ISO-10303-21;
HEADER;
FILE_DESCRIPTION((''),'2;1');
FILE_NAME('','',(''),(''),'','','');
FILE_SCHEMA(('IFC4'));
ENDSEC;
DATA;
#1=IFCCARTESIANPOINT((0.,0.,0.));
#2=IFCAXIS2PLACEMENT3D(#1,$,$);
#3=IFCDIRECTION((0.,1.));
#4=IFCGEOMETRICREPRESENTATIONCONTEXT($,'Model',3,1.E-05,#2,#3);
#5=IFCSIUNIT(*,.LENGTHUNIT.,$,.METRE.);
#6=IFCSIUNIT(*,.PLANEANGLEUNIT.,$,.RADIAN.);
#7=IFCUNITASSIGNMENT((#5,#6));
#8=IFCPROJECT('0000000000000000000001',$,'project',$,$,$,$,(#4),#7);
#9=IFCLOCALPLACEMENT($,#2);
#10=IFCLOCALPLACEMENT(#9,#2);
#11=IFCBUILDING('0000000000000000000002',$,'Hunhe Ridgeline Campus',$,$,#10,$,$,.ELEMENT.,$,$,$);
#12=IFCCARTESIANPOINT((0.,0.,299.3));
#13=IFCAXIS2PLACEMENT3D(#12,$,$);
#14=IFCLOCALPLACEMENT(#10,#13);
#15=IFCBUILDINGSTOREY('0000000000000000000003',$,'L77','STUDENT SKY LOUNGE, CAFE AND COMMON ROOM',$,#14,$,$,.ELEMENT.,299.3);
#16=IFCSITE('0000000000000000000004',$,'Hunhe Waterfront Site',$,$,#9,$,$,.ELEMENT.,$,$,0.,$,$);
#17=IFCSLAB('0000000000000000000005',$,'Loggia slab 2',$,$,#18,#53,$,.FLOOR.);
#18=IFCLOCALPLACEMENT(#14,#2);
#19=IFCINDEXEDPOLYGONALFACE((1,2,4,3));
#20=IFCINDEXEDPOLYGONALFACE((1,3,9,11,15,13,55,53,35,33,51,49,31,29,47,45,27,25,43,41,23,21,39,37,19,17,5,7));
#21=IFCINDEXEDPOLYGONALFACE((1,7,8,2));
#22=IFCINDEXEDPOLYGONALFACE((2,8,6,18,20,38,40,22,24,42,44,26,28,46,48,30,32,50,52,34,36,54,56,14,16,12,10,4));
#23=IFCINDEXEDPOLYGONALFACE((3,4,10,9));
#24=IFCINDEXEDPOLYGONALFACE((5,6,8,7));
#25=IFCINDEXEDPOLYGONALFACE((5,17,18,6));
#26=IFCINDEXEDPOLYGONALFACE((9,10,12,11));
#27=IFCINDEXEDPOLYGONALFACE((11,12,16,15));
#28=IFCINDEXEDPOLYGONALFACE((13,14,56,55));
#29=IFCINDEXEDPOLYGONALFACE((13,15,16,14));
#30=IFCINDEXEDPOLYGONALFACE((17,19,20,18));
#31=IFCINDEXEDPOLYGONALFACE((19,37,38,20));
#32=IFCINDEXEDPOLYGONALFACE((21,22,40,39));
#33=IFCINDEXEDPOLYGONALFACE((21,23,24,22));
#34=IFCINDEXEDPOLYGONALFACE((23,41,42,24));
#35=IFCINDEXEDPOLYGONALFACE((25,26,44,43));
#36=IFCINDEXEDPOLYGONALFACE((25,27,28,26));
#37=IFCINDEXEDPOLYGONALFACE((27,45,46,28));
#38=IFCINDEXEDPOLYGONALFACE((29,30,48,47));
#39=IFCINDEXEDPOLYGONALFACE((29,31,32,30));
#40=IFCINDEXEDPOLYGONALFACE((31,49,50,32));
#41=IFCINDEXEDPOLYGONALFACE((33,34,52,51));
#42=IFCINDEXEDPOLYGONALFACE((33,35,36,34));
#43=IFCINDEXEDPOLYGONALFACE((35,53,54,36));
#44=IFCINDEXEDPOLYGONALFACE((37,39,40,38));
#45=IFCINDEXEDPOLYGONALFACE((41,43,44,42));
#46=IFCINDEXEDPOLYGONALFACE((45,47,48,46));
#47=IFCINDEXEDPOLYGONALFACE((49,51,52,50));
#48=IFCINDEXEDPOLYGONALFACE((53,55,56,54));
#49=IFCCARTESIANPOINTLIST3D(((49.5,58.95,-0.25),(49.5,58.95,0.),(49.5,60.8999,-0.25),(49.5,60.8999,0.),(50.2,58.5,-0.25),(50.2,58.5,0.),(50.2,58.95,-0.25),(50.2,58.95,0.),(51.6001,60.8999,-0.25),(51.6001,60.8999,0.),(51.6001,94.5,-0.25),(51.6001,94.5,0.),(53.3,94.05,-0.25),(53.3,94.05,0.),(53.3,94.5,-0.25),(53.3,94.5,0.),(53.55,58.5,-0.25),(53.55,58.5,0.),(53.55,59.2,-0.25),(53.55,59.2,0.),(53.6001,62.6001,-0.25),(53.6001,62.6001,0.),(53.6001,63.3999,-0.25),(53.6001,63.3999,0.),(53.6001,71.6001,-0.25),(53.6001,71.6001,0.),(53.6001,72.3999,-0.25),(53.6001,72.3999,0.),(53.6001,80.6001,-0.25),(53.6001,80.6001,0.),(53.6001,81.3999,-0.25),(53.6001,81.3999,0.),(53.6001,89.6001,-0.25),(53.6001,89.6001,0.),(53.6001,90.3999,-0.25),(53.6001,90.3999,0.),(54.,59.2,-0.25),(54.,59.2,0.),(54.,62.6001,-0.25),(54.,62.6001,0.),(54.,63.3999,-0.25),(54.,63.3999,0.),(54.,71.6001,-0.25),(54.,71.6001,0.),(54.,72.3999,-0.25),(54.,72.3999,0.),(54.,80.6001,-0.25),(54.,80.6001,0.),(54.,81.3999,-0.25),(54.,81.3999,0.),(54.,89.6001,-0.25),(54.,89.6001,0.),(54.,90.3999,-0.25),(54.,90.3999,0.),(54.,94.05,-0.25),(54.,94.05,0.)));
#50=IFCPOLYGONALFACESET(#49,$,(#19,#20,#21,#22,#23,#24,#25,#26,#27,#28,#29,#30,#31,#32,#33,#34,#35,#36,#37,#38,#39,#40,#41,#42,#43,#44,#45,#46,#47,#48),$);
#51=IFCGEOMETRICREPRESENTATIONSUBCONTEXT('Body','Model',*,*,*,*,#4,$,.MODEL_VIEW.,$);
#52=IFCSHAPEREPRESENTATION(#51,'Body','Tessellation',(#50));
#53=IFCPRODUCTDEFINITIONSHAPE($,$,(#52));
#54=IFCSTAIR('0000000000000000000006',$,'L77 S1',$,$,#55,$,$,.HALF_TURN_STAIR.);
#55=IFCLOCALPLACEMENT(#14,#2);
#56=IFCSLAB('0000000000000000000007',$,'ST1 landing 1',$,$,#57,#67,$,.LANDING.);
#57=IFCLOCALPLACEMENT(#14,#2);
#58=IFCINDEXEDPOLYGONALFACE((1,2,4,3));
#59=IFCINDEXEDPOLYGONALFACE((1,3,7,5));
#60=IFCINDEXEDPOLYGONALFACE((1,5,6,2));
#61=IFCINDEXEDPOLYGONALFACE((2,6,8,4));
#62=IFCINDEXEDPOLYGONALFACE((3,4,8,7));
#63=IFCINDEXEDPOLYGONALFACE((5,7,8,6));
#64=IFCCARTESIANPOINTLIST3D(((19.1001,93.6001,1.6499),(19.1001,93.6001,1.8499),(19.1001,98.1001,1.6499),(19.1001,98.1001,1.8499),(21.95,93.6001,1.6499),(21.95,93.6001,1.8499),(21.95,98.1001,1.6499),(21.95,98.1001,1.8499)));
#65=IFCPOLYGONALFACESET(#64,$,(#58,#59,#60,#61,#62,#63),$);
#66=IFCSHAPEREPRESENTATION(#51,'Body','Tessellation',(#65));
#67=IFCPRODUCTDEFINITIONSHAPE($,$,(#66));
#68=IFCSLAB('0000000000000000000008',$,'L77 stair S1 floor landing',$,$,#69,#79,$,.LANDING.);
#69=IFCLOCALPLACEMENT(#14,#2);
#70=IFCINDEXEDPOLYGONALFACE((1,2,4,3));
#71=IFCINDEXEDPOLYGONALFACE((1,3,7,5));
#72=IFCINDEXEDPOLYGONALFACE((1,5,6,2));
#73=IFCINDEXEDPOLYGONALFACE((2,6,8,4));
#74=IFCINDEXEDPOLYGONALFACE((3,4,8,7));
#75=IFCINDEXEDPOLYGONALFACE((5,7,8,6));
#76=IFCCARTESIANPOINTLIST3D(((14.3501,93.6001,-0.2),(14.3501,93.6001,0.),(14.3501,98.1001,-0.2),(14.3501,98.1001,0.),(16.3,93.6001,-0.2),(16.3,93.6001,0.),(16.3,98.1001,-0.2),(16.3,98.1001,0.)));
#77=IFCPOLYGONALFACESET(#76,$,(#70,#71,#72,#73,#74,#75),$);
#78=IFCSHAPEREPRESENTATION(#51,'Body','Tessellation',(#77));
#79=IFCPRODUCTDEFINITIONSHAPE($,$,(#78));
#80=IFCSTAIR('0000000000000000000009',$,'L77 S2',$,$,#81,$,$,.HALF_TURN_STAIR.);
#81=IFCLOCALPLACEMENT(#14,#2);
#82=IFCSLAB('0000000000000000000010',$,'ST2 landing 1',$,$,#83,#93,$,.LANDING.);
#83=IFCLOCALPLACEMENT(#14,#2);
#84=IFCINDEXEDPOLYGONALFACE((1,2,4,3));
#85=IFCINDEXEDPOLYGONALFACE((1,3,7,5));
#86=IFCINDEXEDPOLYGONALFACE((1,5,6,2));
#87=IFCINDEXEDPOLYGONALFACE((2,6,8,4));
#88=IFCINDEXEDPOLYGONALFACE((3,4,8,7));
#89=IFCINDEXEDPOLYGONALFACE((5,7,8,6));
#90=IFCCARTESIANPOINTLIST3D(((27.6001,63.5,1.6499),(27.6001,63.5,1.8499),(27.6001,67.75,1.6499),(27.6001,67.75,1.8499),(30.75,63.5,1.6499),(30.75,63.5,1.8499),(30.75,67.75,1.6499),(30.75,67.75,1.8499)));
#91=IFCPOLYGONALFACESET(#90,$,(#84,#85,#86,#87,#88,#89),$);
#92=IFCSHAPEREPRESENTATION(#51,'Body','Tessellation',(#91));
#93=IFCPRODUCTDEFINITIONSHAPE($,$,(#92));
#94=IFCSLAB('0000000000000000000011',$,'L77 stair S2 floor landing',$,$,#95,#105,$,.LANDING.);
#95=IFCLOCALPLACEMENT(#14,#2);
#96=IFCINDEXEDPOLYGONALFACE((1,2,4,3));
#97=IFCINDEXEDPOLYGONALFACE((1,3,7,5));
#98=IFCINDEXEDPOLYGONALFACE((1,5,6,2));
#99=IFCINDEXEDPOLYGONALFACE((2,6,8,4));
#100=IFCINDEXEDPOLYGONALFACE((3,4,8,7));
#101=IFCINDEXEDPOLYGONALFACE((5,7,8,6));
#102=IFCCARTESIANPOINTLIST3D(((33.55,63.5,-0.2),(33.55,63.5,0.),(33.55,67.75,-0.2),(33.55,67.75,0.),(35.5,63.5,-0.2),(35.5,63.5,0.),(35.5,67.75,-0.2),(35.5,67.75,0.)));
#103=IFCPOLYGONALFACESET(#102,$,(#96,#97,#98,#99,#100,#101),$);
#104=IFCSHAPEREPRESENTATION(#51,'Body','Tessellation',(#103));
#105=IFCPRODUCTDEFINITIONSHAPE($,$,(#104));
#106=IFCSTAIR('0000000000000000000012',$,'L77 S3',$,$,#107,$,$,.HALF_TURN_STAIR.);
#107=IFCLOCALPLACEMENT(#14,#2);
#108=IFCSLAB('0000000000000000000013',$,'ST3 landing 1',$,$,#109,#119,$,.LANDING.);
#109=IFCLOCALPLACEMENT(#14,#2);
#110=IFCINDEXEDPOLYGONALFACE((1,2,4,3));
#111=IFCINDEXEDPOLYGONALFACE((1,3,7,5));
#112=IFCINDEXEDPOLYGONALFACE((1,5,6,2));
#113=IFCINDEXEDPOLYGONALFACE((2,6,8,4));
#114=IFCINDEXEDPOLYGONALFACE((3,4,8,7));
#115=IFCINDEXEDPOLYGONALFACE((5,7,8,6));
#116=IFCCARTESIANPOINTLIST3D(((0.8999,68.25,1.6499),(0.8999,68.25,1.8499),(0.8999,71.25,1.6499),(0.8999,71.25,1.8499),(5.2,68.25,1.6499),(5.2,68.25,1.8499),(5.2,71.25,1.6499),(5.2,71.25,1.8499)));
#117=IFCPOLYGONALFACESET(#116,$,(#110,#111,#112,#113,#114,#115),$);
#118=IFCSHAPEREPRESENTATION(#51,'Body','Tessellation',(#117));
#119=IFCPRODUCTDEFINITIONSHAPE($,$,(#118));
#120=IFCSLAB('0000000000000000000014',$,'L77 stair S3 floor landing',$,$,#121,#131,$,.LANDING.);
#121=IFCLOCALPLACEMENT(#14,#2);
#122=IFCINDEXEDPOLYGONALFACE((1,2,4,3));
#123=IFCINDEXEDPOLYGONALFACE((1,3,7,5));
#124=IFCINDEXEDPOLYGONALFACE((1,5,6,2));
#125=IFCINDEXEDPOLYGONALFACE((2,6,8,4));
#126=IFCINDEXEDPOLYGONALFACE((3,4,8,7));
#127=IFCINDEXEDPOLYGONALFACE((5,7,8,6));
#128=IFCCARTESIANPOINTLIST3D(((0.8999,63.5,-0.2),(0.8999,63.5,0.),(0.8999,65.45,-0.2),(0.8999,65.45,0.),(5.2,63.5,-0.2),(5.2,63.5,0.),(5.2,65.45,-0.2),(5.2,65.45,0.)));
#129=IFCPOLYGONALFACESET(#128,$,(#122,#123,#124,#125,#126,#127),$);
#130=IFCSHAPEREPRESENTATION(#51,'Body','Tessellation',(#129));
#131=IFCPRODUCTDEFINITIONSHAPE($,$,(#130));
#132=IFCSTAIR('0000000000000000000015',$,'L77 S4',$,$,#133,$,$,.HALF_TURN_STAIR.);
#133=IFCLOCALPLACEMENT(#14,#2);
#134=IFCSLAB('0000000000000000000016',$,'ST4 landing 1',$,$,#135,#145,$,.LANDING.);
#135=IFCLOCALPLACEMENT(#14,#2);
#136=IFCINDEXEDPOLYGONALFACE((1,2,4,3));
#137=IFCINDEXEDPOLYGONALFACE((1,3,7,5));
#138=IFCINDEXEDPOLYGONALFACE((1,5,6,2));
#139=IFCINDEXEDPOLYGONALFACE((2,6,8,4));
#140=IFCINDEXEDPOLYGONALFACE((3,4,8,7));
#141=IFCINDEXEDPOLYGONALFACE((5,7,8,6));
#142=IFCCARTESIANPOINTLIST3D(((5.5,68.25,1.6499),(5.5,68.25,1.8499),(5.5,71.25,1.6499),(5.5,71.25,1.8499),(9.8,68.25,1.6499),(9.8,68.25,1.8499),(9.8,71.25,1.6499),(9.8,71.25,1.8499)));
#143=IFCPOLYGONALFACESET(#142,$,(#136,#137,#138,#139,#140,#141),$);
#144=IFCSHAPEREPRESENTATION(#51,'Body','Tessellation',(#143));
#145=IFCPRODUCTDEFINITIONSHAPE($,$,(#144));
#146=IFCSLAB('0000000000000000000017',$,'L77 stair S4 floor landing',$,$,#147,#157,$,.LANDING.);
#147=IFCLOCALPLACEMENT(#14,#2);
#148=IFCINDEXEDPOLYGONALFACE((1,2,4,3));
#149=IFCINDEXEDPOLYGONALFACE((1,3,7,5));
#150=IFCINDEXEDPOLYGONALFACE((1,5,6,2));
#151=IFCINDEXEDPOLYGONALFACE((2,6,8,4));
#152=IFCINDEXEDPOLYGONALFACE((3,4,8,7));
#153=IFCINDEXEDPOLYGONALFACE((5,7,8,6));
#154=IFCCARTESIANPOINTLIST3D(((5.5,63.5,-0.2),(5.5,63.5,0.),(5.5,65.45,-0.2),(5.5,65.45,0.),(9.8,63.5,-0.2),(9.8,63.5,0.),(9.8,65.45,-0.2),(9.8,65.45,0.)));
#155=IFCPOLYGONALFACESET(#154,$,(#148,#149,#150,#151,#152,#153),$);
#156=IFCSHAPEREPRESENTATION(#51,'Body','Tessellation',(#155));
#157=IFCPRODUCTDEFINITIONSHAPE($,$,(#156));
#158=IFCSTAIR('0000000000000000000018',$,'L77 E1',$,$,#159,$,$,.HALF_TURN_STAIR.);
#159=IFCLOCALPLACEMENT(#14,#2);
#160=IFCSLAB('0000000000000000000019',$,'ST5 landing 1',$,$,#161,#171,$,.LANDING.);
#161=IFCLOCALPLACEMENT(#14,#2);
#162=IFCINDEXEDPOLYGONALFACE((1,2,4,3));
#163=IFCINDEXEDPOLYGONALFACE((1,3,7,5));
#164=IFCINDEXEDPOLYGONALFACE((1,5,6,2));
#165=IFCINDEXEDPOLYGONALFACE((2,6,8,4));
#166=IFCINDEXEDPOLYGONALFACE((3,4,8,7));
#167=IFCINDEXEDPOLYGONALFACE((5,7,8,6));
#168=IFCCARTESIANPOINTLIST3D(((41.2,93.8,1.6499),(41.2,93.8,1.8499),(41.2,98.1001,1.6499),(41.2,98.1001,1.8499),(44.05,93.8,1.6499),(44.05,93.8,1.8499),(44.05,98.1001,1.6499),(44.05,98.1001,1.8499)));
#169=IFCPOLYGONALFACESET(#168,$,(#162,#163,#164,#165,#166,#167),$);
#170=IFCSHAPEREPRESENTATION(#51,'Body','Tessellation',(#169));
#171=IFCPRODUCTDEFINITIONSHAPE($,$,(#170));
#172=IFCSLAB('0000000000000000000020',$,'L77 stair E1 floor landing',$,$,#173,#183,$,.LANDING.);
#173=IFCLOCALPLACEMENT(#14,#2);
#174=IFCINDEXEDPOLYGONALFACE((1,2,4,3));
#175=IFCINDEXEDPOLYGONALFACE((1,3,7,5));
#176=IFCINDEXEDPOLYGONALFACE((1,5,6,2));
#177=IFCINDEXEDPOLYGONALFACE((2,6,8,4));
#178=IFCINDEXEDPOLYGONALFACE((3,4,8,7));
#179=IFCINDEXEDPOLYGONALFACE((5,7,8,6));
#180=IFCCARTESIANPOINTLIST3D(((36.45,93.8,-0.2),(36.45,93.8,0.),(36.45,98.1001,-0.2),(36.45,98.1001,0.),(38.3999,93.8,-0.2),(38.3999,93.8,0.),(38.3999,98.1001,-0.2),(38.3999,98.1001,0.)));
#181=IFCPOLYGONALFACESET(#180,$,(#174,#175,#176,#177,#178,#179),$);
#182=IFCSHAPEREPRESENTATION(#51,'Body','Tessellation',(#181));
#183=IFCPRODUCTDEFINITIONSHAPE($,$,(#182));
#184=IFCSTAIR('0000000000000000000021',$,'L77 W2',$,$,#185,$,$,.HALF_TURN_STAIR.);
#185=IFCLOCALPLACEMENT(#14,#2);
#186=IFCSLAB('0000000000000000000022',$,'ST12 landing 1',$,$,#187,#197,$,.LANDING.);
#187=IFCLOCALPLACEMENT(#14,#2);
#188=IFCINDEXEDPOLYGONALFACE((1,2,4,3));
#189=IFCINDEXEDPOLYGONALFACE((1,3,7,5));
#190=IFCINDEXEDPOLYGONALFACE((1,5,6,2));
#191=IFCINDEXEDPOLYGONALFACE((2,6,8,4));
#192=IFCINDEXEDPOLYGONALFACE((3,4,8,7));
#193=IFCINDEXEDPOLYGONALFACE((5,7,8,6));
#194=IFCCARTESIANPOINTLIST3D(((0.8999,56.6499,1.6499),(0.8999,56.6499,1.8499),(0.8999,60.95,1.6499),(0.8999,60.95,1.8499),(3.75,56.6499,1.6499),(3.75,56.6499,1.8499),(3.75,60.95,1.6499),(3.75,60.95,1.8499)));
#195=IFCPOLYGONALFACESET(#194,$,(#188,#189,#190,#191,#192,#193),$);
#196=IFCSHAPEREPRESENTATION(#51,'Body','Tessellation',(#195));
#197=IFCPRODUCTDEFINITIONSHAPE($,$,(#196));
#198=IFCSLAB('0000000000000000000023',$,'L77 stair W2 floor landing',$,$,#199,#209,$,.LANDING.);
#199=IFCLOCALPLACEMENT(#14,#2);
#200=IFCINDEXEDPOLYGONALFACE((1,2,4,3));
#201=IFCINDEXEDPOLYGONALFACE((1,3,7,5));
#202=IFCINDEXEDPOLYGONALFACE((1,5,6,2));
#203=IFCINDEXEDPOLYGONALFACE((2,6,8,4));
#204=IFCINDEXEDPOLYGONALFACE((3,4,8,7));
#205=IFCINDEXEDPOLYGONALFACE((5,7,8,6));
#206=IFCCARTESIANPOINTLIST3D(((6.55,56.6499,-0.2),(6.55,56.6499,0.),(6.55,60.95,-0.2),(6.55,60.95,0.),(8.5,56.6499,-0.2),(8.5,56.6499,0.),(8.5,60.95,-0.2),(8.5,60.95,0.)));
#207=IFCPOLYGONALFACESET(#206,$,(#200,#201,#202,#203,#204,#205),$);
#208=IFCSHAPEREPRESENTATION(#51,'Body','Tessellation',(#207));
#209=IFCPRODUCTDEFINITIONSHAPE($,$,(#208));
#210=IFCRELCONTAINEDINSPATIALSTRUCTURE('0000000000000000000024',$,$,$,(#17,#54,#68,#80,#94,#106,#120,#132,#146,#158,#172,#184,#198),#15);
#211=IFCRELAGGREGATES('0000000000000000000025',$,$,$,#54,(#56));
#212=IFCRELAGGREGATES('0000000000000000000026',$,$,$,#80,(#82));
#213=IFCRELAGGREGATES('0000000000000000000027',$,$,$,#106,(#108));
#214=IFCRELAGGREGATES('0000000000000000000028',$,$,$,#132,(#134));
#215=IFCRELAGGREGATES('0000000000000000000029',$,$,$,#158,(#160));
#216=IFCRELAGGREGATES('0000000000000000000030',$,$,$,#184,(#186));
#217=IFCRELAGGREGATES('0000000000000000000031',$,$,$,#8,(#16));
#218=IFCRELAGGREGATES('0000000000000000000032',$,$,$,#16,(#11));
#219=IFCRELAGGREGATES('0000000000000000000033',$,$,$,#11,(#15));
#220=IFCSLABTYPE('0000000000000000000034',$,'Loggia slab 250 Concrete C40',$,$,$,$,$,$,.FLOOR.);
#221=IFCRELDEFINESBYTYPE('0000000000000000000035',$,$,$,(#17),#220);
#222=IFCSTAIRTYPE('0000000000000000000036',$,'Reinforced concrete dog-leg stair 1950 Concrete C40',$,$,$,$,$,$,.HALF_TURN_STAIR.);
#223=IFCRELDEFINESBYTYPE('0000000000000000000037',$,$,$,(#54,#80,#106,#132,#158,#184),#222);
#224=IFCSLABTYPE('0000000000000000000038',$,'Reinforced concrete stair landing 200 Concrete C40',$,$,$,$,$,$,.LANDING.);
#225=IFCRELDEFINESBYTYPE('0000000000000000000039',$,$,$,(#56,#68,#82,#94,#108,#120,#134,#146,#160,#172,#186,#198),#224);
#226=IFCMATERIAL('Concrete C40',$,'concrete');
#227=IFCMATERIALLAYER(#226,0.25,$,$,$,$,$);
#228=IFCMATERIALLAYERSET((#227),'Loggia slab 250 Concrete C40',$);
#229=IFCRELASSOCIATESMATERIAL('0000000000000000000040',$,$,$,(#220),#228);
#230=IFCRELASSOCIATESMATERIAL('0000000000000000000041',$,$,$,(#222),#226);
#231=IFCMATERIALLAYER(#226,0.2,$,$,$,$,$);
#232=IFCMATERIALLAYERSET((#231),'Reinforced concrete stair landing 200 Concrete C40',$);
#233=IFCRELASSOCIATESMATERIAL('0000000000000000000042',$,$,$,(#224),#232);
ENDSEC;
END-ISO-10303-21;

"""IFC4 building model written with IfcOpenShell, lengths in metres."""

from ifc_helpers import new_model, si_unit, direction, frame, origin, place, context, subcontext, project, spatial, polyline, outline, extrude, material, layer, layer_set, type_object, element, aggregate, save


model = new_model("IFC4")

# Units and contexts
model_context = context("Model", 3, precision=1e-05, world=origin(), true_north=direction((0.0, 1.0)))
body_context = subcontext(model_context, "Body", "Model", "MODEL_VIEW")
ifc_project = project(units=[si_unit("LENGTHUNIT", "METRE"), si_unit("PLANEANGLEUNIT", "RADIAN")], contexts=[model_context])

# Site, building, storey
site_placement = place(None, origin())
site = spatial("IfcSite", under=ifc_project, at=site_placement, Name="Hunhe Waterfront Site", CompositionType="ELEMENT", RefElevation=0.0)
building_placement = place(site_placement, origin())
building = spatial("IfcBuilding", under=site, at=building_placement, Name="Hunhe Ridgeline Campus", CompositionType="ELEMENT")
storey_placement = place(building_placement, frame((0.0, 0.0, 299.3)))
storey = spatial("IfcBuildingStorey", under=building, at=storey_placement, Name="L77", Description="STUDENT SKY LOUNGE, CAFE AND COMMON ROOM", CompositionType="ELEMENT", Elevation=299.3)

# Slab
ifc_material_1 = material(Name="Concrete C40", Category="concrete")
ifc_layer_1 = layer(ifc_material_1, 0.25)
ifc_layer_set_1 = layer_set([ifc_layer_1], Name="Loggia slab 250 Concrete C40")
slab_type_1 = type_object("IfcSlabType", Name="Loggia slab 250 Concrete C40", PredefinedType="FLOOR", material=ifc_layer_set_1)
slab_1_placement = place(storey_placement, frame((0.0, 0.0, -0.25)))
element("IfcSlab", 1, at=slab_1_placement, inside=storey, type_object=slab_type_1, Name="Loggia slab 2", PredefinedType="FLOOR", context=body_context, shape_type="SweptSolid", body=[
    extrude(outline(polyline([(49.5, 58.95), (50.2, 58.95), (50.2, 58.5), (53.55, 58.5), (53.55, 59.2), (54.0, 59.2), (54.0, 62.6001), (53.6001, 62.6001), (53.6001, 63.3999), (54.0, 63.3999), (54.0, 71.6001), (53.6001, 71.6001), (53.6001, 72.3999), (54.0, 72.3999), (54.0, 80.6001), (53.6001, 80.6001), (53.6001, 81.3999), (54.0, 81.3999), (54.0, 89.6001), (53.6001, 89.6001), (53.6001, 90.3999), (54.0, 90.3999), (54.0, 94.05), (53.3, 94.05), (53.3, 94.5), (51.6001, 94.5), (51.6001, 60.8999), (49.5, 60.8999), (49.5, 58.95)])), origin(), (0.0, 0.0, 1.0), 0.25),
])

# Stair, slab
stair_type = type_object("IfcStairType", Name="Reinforced concrete dog-leg stair 1950 Concrete C40", PredefinedType="HALF_TURN_STAIR", material=ifc_material_1)
stair_1_placement = place(storey_placement, origin())
stair_1 = element("IfcStair", 2, at=stair_1_placement, inside=storey, type_object=stair_type, Name="L77 S1", PredefinedType="HALF_TURN_STAIR")
ifc_layer_2 = layer(ifc_material_1, 0.2)
ifc_layer_set_2 = layer_set([ifc_layer_2], Name="Reinforced concrete stair landing 200 Concrete C40")
slab_type_2 = type_object("IfcSlabType", Name="Reinforced concrete stair landing 200 Concrete C40", PredefinedType="LANDING", material=ifc_layer_set_2)
slab_2_placement = place(storey_placement, frame((0.0, 0.0, 1.6499)))
slab_2 = element("IfcSlab", 3, at=slab_2_placement, type_object=slab_type_2, Name="ST1 landing 1", PredefinedType="LANDING", context=body_context, shape_type="SweptSolid", body=[
    extrude(outline(polyline([(19.1001, 93.6001), (21.95, 93.6001), (21.95, 98.1001), (19.1001, 98.1001), (19.1001, 93.6001)])), origin(), (0.0, 0.0, 1.0), 0.2),
])
aggregate(stair_1, [slab_2])

# Slab
slab_3_placement = place(storey_placement, frame((0.0, 0.0, -0.2)))
element("IfcSlab", 4, at=slab_3_placement, inside=storey, type_object=slab_type_2, Name="L77 stair S1 floor landing", PredefinedType="LANDING", context=body_context, shape_type="SweptSolid", body=[
    extrude(outline(polyline([(14.3501, 93.6001), (16.3, 93.6001), (16.3, 98.1001), (14.3501, 98.1001), (14.3501, 93.6001)])), origin(), (0.0, 0.0, 1.0), 0.2),
])

# Stair, slab
stair_2_placement = place(storey_placement, origin())
stair_2 = element("IfcStair", 5, at=stair_2_placement, inside=storey, type_object=stair_type, Name="L77 S2", PredefinedType="HALF_TURN_STAIR")
slab_4_placement = place(storey_placement, frame((0.0, 0.0, 1.6499)))
slab_4 = element("IfcSlab", 6, at=slab_4_placement, type_object=slab_type_2, Name="ST2 landing 1", PredefinedType="LANDING", context=body_context, shape_type="SweptSolid", body=[
    extrude(outline(polyline([(30.75, 67.75), (27.6001, 67.75), (27.6001, 63.5), (30.75, 63.5), (30.75, 67.75)])), origin(), (0.0, 0.0, 1.0), 0.2),
])
aggregate(stair_2, [slab_4])

# Slab
slab_5_placement = place(storey_placement, frame((0.0, 0.0, -0.2)))
element("IfcSlab", 7, at=slab_5_placement, inside=storey, type_object=slab_type_2, Name="L77 stair S2 floor landing", PredefinedType="LANDING", context=body_context, shape_type="SweptSolid", body=[
    extrude(outline(polyline([(35.5, 67.75), (33.55, 67.75), (33.55, 63.5), (35.5, 63.5), (35.5, 67.75)])), origin(), (0.0, 0.0, 1.0), 0.2),
])

# Stair, slab
stair_3_placement = place(storey_placement, origin())
stair_3 = element("IfcStair", 8, at=stair_3_placement, inside=storey, type_object=stair_type, Name="L77 S3", PredefinedType="HALF_TURN_STAIR")
slab_6_placement = place(storey_placement, frame((0.0, 0.0, 1.6499)))
slab_6 = element("IfcSlab", 9, at=slab_6_placement, type_object=slab_type_2, Name="ST3 landing 1", PredefinedType="LANDING", context=body_context, shape_type="SweptSolid", body=[
    extrude(outline(polyline([(5.2, 68.25), (5.2, 71.25), (0.8999, 71.25), (0.8999, 68.25), (5.2, 68.25)])), origin(), (0.0, 0.0, 1.0), 0.2),
])
aggregate(stair_3, [slab_6])

# Slab
slab_7_placement = place(storey_placement, frame((0.0, 0.0, -0.2)))
element("IfcSlab", 10, at=slab_7_placement, inside=storey, type_object=slab_type_2, Name="L77 stair S3 floor landing", PredefinedType="LANDING", context=body_context, shape_type="SweptSolid", body=[
    extrude(outline(polyline([(5.2, 63.5), (5.2, 65.45), (0.8999, 65.45), (0.8999, 63.5), (5.2, 63.5)])), origin(), (0.0, 0.0, 1.0), 0.2),
])

# Stair, slab
stair_4_placement = place(storey_placement, origin())
stair_4 = element("IfcStair", 11, at=stair_4_placement, inside=storey, type_object=stair_type, Name="L77 S4", PredefinedType="HALF_TURN_STAIR")
slab_8_placement = place(storey_placement, frame((0.0, 0.0, 1.6499)))
slab_8 = element("IfcSlab", 12, at=slab_8_placement, type_object=slab_type_2, Name="ST4 landing 1", PredefinedType="LANDING", context=body_context, shape_type="SweptSolid", body=[
    extrude(outline(polyline([(9.8, 68.25), (9.8, 71.25), (5.5, 71.25), (5.5, 68.25), (9.8, 68.25)])), origin(), (0.0, 0.0, 1.0), 0.2),
])
aggregate(stair_4, [slab_8])

# Slab
slab_9_placement = place(storey_placement, frame((0.0, 0.0, -0.2)))
element("IfcSlab", 13, at=slab_9_placement, inside=storey, type_object=slab_type_2, Name="L77 stair S4 floor landing", PredefinedType="LANDING", context=body_context, shape_type="SweptSolid", body=[
    extrude(outline(polyline([(9.8, 63.5), (9.8, 65.45), (5.5, 65.45), (5.5, 63.5), (9.8, 63.5)])), origin(), (0.0, 0.0, 1.0), 0.2),
])

# Stair, slab
stair_5_placement = place(storey_placement, origin())
stair_5 = element("IfcStair", 14, at=stair_5_placement, inside=storey, type_object=stair_type, Name="L77 E1", PredefinedType="HALF_TURN_STAIR")
slab_10_placement = place(storey_placement, frame((0.0, 0.0, 1.6499)))
slab_10 = element("IfcSlab", 15, at=slab_10_placement, type_object=slab_type_2, Name="ST5 landing 1", PredefinedType="LANDING", context=body_context, shape_type="SweptSolid", body=[
    extrude(outline(polyline([(41.2, 93.8), (44.05, 93.8), (44.05, 98.1001), (41.2, 98.1001), (41.2, 93.8)])), origin(), (0.0, 0.0, 1.0), 0.2),
])
aggregate(stair_5, [slab_10])

# Slab
slab_11_placement = place(storey_placement, frame((0.0, 0.0, -0.2)))
element("IfcSlab", 16, at=slab_11_placement, inside=storey, type_object=slab_type_2, Name="L77 stair E1 floor landing", PredefinedType="LANDING", context=body_context, shape_type="SweptSolid", body=[
    extrude(outline(polyline([(36.45, 93.8), (38.3999, 93.8), (38.3999, 98.1001), (36.45, 98.1001), (36.45, 93.8)])), origin(), (0.0, 0.0, 1.0), 0.2),
])

# Stair, slab
stair_6_placement = place(storey_placement, origin())
stair_6 = element("IfcStair", 17, at=stair_6_placement, inside=storey, type_object=stair_type, Name="L77 W2", PredefinedType="HALF_TURN_STAIR")
slab_12_placement = place(storey_placement, frame((0.0, 0.0, 1.6499)))
slab_12 = element("IfcSlab", 18, at=slab_12_placement, type_object=slab_type_2, Name="ST12 landing 1", PredefinedType="LANDING", context=body_context, shape_type="SweptSolid", body=[
    extrude(outline(polyline([(3.75, 60.95), (0.8999, 60.95), (0.8999, 56.6499), (3.75, 56.6499), (3.75, 60.95)])), origin(), (0.0, 0.0, 1.0), 0.2),
])
aggregate(stair_6, [slab_12])

# Slab
slab_13_placement = place(storey_placement, frame((0.0, 0.0, -0.2)))
element("IfcSlab", 19, at=slab_13_placement, inside=storey, type_object=slab_type_2, Name="L77 stair W2 floor landing", PredefinedType="LANDING", context=body_context, shape_type="SweptSolid", body=[
    extrude(outline(polyline([(8.5, 60.95), (6.55, 60.95), (6.55, 56.6499), (8.5, 56.6499), (8.5, 60.95)])), origin(), (0.0, 0.0, 1.0), 0.2),
])

save(model, "model.ifc")
